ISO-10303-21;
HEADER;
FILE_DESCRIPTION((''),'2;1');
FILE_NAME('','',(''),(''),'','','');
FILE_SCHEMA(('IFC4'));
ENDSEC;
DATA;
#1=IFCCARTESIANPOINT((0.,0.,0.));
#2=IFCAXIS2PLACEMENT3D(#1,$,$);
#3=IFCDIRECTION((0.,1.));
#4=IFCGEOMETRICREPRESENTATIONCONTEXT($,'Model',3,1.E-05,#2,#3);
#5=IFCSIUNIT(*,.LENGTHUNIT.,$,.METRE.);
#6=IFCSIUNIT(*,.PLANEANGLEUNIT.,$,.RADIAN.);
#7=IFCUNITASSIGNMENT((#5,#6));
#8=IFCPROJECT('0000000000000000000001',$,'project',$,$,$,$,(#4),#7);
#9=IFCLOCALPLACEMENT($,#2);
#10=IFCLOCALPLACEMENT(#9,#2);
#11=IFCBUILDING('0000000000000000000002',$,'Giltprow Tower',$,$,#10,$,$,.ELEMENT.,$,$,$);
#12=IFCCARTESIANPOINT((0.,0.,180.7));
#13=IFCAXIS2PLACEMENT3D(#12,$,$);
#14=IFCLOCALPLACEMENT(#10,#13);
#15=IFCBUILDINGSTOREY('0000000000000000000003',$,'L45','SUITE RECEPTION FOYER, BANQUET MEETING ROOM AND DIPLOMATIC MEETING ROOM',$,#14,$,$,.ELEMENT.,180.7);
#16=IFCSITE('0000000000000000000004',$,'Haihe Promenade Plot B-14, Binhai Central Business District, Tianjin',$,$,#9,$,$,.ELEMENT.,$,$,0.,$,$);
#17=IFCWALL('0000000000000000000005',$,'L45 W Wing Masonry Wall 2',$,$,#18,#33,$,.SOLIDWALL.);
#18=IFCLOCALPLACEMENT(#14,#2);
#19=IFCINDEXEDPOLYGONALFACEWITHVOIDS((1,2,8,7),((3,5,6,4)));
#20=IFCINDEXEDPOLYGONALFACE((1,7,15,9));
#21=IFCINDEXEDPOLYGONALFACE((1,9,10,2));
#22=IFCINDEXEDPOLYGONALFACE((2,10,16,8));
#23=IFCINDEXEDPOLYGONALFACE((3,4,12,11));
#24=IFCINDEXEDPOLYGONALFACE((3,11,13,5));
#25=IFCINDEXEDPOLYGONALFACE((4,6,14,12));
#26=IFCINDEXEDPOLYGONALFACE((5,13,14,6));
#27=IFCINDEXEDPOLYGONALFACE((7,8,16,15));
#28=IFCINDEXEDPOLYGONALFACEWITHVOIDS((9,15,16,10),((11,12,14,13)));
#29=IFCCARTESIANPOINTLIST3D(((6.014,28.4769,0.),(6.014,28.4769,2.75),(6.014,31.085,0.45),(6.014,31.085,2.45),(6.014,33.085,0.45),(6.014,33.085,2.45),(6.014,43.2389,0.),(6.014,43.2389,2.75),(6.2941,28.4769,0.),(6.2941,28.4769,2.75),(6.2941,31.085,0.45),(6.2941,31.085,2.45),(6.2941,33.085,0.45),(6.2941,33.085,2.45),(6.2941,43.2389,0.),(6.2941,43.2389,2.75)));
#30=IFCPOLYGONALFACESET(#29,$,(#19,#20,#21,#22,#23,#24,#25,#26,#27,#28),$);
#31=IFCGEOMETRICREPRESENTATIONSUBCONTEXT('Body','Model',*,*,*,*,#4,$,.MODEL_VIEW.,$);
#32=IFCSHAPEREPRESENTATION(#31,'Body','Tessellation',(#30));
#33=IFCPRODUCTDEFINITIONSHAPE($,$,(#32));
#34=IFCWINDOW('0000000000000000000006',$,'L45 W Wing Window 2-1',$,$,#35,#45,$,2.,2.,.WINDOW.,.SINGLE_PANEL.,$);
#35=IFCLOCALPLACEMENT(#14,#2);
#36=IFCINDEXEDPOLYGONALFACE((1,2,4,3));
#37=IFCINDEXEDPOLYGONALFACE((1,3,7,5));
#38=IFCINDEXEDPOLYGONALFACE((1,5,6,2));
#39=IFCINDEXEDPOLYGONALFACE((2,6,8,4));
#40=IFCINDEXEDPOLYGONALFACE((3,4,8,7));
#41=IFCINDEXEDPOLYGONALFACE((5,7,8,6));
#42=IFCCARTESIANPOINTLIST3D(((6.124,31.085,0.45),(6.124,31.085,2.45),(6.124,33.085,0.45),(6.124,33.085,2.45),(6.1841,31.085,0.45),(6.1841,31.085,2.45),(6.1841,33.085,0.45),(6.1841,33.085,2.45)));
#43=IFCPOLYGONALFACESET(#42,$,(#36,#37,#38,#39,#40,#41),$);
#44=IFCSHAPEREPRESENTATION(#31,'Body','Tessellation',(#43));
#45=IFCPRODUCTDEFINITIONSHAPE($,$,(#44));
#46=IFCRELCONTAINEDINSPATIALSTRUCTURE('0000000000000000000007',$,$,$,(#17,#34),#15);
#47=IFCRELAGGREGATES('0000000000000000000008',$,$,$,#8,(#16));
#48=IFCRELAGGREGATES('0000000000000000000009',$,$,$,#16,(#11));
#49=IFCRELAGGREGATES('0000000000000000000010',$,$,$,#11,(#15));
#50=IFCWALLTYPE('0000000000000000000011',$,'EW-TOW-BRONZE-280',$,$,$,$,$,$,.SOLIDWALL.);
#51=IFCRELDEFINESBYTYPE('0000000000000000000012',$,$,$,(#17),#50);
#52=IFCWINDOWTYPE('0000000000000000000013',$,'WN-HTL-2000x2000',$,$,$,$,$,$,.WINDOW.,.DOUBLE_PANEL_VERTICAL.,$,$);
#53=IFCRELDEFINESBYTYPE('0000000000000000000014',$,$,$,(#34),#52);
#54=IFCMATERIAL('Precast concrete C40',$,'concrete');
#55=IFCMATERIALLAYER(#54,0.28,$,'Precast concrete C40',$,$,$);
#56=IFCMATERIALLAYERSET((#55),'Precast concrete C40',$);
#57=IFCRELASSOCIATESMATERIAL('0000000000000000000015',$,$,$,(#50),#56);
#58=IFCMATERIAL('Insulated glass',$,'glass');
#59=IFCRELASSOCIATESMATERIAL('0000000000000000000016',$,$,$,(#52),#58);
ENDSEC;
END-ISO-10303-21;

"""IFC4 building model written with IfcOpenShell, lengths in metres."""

from ifc_helpers import new_model, si_unit, direction, frame, frame_2d, origin, place, context, subcontext, project, spatial, rectangle, extrude, source, transform, mapped, material, layer, layer_set, type_object, element, fill, save


model = new_model("IFC4")

# Units and contexts
model_context = context("Model", 3, precision=1e-05, world=origin(), true_north=direction((0.0, 1.0)))
body_context = subcontext(model_context, "Body", "Model", "MODEL_VIEW")
ifc_project = project(units=[si_unit("LENGTHUNIT", "METRE"), si_unit("PLANEANGLEUNIT", "RADIAN")], contexts=[model_context])

# Site, building, storey
site_placement = place(None, origin())
site = spatial("IfcSite", under=ifc_project, at=site_placement, Name="Haihe Promenade Plot B-14, Binhai Central Business District, Tianjin", CompositionType="ELEMENT", RefElevation=0.0)
building_placement = place(site_placement, origin())
building = spatial("IfcBuilding", under=site, at=building_placement, Name="Giltprow Tower", CompositionType="ELEMENT")
storey_placement = place(building_placement, frame((0.0, 0.0, 180.7)))
storey = spatial("IfcBuildingStorey", under=building, at=storey_placement, Name="L45", Description="SUITE RECEPTION FOYER, BANQUET MEETING ROOM AND DIPLOMATIC MEETING ROOM", CompositionType="ELEMENT", Elevation=180.7)

# Wall, opening, window
ifc_material_1 = material(Name="Precast concrete C40", Category="concrete")
ifc_layer_1 = layer(ifc_material_1, 0.28, Name="Precast concrete C40")
ifc_layer_set_1 = layer_set([ifc_layer_1], Name="Precast concrete C40")
wall_type_1 = type_object("IfcWallType", Name="EW-TOW-BRONZE-280", PredefinedType="SOLIDWALL", material=ifc_layer_set_1)
wall_1_placement = place(storey_placement, frame((6.1541, 28.4771, 0.0), z_axis=(0.0, 0.0, 1.0), x_axis=(0.0, 1.0, 0.0)))
wall_1 = element("IfcWall", 1, at=wall_1_placement, inside=storey, type_object=wall_type_1, Name="L45 W Wing Masonry Wall 2", PredefinedType="SOLIDWALL", context=body_context, shape_type="SweptSolid", body=[
    extrude(rectangle(XDim=14.762, YDim=0.28, at=frame_2d((7.3809, 0.0))), origin(), (0.0, 0.0, 1.0), 2.75),
])
opening_1_placement = place(wall_1_placement, frame((2.6079, 0.0, 0.45)))
opening_1 = element("IfcOpeningElement", 2, at=opening_1_placement, cuts=wall_1, PredefinedType="OPENING", context=body_context, shape_type="SweptSolid", body=[
    extrude(rectangle(XDim=2.0, YDim=2.0, at=frame_2d((1.0, 1.0))), frame((0.0, 0.1499, 0.0), z_axis=(0.0, -1.0, 0.0), x_axis=(1.0, 0.0, 0.0)), (0.0, 0.0, 1.0), 0.3),
])
ifc_material_2 = material(Name="Insulated glass", Category="glass")
window_type = type_object("IfcWindowType", Name="WN-HTL-2000x2000", PartitioningType="DOUBLE_PANEL_VERTICAL", PredefinedType="WINDOW", material=ifc_material_2)
shared_shape_1 = source(origin(), body_context, "Body", "SweptSolid", [
    extrude(rectangle(XDim=2.0, YDim=2.0, at=frame_2d((1.0, 1.0))), frame((0.0, 0.03, 0.0), z_axis=(0.0, -1.0, 0.0), x_axis=(1.0, 0.0, 0.0)), (0.0, 0.0, 1.0), 0.0601),
])
window_placement = place(opening_1_placement, origin())
window = element("IfcWindow", 3, at=window_placement, inside=storey, type_object=window_type, Name="L45 W Wing Window 2-1", OverallHeight=2.0, OverallWidth=2.0, PartitioningType="SINGLE_PANEL", PredefinedType="WINDOW", context=body_context, shape_type="MappedRepresentation", body=[
    mapped(shared_shape_1, transform((0.0, 0.0, 0.0), x_axis=(1.0, 0.0, 0.0), y_axis=(0.0, 1.0, 0.0), z_axis=(0.0, 0.0, 1.0), scale=1.0)),
])
fill(opening_1, window)

save(model, "model.ifc")
